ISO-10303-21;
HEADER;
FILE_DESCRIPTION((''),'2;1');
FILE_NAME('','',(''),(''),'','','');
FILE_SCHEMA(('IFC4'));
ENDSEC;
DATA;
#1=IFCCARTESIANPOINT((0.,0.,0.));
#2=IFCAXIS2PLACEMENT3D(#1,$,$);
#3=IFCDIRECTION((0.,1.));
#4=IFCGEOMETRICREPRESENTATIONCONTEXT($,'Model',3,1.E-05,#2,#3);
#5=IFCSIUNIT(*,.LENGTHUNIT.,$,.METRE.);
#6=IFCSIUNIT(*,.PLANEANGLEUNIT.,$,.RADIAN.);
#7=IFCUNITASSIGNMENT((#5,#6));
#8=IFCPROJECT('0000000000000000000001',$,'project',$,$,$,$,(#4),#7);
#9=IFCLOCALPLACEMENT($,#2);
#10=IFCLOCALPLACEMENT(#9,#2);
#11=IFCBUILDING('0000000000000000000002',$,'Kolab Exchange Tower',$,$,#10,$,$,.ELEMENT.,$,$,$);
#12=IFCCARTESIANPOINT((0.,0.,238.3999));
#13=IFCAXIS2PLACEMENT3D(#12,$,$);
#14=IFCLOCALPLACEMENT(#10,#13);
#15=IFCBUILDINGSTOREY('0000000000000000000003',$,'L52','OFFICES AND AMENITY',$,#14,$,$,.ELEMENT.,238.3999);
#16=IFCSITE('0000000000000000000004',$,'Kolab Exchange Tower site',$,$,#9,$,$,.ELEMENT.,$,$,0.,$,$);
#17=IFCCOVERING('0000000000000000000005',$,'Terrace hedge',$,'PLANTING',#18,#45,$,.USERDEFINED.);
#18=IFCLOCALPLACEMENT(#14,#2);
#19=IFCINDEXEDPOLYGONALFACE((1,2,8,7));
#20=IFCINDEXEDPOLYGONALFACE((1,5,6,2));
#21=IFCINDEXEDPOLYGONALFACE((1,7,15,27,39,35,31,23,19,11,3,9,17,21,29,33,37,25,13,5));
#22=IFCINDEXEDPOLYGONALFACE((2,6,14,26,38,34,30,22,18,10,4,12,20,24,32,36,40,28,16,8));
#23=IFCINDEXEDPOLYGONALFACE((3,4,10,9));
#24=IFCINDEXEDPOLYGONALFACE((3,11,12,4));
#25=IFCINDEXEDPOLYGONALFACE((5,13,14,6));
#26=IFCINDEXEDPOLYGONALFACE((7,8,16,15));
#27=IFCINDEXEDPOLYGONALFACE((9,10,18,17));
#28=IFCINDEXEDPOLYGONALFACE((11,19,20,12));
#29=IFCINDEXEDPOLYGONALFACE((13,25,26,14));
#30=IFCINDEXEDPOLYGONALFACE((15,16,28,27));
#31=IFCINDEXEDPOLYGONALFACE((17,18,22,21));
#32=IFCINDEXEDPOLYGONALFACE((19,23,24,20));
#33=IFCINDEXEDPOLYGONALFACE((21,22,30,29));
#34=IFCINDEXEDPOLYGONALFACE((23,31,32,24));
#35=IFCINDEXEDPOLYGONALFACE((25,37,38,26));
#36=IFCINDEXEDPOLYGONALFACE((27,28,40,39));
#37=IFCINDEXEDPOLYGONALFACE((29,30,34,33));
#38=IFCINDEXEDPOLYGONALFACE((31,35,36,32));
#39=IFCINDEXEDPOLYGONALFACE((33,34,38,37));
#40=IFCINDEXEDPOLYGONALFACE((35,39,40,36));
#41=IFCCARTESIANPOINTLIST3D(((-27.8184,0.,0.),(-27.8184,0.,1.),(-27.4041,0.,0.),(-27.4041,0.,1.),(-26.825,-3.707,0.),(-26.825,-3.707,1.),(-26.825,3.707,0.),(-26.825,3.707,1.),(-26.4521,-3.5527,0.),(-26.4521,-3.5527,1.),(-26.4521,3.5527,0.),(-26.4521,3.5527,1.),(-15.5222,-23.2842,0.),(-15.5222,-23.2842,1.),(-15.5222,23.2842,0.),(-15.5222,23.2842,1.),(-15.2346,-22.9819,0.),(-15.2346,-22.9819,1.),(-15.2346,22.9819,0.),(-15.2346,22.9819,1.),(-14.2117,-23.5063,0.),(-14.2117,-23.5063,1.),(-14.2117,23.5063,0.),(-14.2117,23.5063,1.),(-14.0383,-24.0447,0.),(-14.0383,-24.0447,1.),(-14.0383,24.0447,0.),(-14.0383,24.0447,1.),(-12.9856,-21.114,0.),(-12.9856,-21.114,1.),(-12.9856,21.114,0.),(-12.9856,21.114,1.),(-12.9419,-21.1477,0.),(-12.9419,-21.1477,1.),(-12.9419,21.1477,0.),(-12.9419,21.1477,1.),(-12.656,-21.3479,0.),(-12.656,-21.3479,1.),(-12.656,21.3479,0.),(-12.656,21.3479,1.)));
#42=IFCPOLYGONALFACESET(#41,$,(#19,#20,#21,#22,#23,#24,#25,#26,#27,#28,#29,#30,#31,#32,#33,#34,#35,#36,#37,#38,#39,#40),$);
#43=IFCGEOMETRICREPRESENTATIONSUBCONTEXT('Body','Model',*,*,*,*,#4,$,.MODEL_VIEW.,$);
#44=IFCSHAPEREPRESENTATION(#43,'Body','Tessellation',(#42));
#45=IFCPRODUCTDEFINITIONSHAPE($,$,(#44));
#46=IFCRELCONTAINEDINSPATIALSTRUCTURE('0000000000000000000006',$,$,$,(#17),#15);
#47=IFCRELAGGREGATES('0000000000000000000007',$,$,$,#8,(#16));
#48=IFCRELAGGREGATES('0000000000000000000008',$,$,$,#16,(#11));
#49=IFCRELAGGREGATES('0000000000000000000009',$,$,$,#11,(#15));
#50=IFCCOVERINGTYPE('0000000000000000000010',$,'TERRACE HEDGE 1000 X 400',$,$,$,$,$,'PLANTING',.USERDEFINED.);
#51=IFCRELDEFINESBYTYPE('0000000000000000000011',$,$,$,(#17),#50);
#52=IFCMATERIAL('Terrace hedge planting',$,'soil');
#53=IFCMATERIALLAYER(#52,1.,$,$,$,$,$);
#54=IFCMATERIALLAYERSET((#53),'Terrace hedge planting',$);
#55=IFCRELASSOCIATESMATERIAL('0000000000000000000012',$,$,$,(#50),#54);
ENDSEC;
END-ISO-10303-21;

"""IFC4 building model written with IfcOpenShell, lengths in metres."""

from ifc_helpers import new_model, si_unit, direction, frame, origin, place, context, subcontext, project, spatial, polyline, outline, extrude, material, layer, layer_set, type_object, element, save


model = new_model("IFC4")

# Units and contexts
model_context = context("Model", 3, precision=1e-05, world=origin(), true_north=direction((0.0, 1.0)))
body_context = subcontext(model_context, "Body", "Model", "MODEL_VIEW")
ifc_project = project(units=[si_unit("LENGTHUNIT", "METRE"), si_unit("PLANEANGLEUNIT", "RADIAN")], contexts=[model_context])

# Site, building, storey
site_placement = place(None, origin())
site = spatial("IfcSite", under=ifc_project, at=site_placement, Name="Kolab Exchange Tower site", CompositionType="ELEMENT", RefElevation=0.0)
building_placement = place(site_placement, origin())
building = spatial("IfcBuilding", under=site, at=building_placement, Name="Kolab Exchange Tower", CompositionType="ELEMENT")
storey_placement = place(building_placement, frame((0.0, 0.0, 238.3999)))
storey = spatial("IfcBuildingStorey", under=building, at=storey_placement, Name="L52", Description="OFFICES AND AMENITY", CompositionType="ELEMENT", Elevation=238.3999)

# Covering
ifc_material_1 = material(Name="Terrace hedge planting", Category="soil")
ifc_layer_1 = layer(ifc_material_1, 1.0)
ifc_layer_set_1 = layer_set([ifc_layer_1], Name="Terrace hedge planting")
covering_type_1 = type_object("IfcCoveringType", Name="TERRACE HEDGE 1000 X 400", ElementType="PLANTING", PredefinedType="USERDEFINED", material=ifc_layer_set_1)
covering_1_placement = place(storey_placement, origin())
element("IfcCovering", 1, at=covering_1_placement, inside=storey, type_object=covering_type_1, Name="Terrace hedge", ObjectType="PLANTING", PredefinedType="USERDEFINED", context=body_context, shape_type="SweptSolid", body=[
    extrude(outline(polyline([(-15.5222, -23.2842), (-26.825, -3.707), (-27.8184, 0.0), (-26.825, 3.707), (-15.5222, 23.2842), (-14.0383, 24.0447), (-12.656, 21.3479), (-12.9419, 21.1477), (-12.9856, 21.114), (-14.2117, 23.5063), (-15.2346, 22.9819), (-26.4521, 3.5527), (-27.4041, 0.0), (-26.4521, -3.5527), (-15.2346, -22.9819), (-14.2117, -23.5063), (-12.9856, -21.114), (-12.9419, -21.1477), (-12.656, -21.3479), (-14.0383, -24.0447), (-15.5222, -23.2842)])), origin(), (0.0, 0.0, 1.0), 1.0),
])

save(model, "model.ifc")
